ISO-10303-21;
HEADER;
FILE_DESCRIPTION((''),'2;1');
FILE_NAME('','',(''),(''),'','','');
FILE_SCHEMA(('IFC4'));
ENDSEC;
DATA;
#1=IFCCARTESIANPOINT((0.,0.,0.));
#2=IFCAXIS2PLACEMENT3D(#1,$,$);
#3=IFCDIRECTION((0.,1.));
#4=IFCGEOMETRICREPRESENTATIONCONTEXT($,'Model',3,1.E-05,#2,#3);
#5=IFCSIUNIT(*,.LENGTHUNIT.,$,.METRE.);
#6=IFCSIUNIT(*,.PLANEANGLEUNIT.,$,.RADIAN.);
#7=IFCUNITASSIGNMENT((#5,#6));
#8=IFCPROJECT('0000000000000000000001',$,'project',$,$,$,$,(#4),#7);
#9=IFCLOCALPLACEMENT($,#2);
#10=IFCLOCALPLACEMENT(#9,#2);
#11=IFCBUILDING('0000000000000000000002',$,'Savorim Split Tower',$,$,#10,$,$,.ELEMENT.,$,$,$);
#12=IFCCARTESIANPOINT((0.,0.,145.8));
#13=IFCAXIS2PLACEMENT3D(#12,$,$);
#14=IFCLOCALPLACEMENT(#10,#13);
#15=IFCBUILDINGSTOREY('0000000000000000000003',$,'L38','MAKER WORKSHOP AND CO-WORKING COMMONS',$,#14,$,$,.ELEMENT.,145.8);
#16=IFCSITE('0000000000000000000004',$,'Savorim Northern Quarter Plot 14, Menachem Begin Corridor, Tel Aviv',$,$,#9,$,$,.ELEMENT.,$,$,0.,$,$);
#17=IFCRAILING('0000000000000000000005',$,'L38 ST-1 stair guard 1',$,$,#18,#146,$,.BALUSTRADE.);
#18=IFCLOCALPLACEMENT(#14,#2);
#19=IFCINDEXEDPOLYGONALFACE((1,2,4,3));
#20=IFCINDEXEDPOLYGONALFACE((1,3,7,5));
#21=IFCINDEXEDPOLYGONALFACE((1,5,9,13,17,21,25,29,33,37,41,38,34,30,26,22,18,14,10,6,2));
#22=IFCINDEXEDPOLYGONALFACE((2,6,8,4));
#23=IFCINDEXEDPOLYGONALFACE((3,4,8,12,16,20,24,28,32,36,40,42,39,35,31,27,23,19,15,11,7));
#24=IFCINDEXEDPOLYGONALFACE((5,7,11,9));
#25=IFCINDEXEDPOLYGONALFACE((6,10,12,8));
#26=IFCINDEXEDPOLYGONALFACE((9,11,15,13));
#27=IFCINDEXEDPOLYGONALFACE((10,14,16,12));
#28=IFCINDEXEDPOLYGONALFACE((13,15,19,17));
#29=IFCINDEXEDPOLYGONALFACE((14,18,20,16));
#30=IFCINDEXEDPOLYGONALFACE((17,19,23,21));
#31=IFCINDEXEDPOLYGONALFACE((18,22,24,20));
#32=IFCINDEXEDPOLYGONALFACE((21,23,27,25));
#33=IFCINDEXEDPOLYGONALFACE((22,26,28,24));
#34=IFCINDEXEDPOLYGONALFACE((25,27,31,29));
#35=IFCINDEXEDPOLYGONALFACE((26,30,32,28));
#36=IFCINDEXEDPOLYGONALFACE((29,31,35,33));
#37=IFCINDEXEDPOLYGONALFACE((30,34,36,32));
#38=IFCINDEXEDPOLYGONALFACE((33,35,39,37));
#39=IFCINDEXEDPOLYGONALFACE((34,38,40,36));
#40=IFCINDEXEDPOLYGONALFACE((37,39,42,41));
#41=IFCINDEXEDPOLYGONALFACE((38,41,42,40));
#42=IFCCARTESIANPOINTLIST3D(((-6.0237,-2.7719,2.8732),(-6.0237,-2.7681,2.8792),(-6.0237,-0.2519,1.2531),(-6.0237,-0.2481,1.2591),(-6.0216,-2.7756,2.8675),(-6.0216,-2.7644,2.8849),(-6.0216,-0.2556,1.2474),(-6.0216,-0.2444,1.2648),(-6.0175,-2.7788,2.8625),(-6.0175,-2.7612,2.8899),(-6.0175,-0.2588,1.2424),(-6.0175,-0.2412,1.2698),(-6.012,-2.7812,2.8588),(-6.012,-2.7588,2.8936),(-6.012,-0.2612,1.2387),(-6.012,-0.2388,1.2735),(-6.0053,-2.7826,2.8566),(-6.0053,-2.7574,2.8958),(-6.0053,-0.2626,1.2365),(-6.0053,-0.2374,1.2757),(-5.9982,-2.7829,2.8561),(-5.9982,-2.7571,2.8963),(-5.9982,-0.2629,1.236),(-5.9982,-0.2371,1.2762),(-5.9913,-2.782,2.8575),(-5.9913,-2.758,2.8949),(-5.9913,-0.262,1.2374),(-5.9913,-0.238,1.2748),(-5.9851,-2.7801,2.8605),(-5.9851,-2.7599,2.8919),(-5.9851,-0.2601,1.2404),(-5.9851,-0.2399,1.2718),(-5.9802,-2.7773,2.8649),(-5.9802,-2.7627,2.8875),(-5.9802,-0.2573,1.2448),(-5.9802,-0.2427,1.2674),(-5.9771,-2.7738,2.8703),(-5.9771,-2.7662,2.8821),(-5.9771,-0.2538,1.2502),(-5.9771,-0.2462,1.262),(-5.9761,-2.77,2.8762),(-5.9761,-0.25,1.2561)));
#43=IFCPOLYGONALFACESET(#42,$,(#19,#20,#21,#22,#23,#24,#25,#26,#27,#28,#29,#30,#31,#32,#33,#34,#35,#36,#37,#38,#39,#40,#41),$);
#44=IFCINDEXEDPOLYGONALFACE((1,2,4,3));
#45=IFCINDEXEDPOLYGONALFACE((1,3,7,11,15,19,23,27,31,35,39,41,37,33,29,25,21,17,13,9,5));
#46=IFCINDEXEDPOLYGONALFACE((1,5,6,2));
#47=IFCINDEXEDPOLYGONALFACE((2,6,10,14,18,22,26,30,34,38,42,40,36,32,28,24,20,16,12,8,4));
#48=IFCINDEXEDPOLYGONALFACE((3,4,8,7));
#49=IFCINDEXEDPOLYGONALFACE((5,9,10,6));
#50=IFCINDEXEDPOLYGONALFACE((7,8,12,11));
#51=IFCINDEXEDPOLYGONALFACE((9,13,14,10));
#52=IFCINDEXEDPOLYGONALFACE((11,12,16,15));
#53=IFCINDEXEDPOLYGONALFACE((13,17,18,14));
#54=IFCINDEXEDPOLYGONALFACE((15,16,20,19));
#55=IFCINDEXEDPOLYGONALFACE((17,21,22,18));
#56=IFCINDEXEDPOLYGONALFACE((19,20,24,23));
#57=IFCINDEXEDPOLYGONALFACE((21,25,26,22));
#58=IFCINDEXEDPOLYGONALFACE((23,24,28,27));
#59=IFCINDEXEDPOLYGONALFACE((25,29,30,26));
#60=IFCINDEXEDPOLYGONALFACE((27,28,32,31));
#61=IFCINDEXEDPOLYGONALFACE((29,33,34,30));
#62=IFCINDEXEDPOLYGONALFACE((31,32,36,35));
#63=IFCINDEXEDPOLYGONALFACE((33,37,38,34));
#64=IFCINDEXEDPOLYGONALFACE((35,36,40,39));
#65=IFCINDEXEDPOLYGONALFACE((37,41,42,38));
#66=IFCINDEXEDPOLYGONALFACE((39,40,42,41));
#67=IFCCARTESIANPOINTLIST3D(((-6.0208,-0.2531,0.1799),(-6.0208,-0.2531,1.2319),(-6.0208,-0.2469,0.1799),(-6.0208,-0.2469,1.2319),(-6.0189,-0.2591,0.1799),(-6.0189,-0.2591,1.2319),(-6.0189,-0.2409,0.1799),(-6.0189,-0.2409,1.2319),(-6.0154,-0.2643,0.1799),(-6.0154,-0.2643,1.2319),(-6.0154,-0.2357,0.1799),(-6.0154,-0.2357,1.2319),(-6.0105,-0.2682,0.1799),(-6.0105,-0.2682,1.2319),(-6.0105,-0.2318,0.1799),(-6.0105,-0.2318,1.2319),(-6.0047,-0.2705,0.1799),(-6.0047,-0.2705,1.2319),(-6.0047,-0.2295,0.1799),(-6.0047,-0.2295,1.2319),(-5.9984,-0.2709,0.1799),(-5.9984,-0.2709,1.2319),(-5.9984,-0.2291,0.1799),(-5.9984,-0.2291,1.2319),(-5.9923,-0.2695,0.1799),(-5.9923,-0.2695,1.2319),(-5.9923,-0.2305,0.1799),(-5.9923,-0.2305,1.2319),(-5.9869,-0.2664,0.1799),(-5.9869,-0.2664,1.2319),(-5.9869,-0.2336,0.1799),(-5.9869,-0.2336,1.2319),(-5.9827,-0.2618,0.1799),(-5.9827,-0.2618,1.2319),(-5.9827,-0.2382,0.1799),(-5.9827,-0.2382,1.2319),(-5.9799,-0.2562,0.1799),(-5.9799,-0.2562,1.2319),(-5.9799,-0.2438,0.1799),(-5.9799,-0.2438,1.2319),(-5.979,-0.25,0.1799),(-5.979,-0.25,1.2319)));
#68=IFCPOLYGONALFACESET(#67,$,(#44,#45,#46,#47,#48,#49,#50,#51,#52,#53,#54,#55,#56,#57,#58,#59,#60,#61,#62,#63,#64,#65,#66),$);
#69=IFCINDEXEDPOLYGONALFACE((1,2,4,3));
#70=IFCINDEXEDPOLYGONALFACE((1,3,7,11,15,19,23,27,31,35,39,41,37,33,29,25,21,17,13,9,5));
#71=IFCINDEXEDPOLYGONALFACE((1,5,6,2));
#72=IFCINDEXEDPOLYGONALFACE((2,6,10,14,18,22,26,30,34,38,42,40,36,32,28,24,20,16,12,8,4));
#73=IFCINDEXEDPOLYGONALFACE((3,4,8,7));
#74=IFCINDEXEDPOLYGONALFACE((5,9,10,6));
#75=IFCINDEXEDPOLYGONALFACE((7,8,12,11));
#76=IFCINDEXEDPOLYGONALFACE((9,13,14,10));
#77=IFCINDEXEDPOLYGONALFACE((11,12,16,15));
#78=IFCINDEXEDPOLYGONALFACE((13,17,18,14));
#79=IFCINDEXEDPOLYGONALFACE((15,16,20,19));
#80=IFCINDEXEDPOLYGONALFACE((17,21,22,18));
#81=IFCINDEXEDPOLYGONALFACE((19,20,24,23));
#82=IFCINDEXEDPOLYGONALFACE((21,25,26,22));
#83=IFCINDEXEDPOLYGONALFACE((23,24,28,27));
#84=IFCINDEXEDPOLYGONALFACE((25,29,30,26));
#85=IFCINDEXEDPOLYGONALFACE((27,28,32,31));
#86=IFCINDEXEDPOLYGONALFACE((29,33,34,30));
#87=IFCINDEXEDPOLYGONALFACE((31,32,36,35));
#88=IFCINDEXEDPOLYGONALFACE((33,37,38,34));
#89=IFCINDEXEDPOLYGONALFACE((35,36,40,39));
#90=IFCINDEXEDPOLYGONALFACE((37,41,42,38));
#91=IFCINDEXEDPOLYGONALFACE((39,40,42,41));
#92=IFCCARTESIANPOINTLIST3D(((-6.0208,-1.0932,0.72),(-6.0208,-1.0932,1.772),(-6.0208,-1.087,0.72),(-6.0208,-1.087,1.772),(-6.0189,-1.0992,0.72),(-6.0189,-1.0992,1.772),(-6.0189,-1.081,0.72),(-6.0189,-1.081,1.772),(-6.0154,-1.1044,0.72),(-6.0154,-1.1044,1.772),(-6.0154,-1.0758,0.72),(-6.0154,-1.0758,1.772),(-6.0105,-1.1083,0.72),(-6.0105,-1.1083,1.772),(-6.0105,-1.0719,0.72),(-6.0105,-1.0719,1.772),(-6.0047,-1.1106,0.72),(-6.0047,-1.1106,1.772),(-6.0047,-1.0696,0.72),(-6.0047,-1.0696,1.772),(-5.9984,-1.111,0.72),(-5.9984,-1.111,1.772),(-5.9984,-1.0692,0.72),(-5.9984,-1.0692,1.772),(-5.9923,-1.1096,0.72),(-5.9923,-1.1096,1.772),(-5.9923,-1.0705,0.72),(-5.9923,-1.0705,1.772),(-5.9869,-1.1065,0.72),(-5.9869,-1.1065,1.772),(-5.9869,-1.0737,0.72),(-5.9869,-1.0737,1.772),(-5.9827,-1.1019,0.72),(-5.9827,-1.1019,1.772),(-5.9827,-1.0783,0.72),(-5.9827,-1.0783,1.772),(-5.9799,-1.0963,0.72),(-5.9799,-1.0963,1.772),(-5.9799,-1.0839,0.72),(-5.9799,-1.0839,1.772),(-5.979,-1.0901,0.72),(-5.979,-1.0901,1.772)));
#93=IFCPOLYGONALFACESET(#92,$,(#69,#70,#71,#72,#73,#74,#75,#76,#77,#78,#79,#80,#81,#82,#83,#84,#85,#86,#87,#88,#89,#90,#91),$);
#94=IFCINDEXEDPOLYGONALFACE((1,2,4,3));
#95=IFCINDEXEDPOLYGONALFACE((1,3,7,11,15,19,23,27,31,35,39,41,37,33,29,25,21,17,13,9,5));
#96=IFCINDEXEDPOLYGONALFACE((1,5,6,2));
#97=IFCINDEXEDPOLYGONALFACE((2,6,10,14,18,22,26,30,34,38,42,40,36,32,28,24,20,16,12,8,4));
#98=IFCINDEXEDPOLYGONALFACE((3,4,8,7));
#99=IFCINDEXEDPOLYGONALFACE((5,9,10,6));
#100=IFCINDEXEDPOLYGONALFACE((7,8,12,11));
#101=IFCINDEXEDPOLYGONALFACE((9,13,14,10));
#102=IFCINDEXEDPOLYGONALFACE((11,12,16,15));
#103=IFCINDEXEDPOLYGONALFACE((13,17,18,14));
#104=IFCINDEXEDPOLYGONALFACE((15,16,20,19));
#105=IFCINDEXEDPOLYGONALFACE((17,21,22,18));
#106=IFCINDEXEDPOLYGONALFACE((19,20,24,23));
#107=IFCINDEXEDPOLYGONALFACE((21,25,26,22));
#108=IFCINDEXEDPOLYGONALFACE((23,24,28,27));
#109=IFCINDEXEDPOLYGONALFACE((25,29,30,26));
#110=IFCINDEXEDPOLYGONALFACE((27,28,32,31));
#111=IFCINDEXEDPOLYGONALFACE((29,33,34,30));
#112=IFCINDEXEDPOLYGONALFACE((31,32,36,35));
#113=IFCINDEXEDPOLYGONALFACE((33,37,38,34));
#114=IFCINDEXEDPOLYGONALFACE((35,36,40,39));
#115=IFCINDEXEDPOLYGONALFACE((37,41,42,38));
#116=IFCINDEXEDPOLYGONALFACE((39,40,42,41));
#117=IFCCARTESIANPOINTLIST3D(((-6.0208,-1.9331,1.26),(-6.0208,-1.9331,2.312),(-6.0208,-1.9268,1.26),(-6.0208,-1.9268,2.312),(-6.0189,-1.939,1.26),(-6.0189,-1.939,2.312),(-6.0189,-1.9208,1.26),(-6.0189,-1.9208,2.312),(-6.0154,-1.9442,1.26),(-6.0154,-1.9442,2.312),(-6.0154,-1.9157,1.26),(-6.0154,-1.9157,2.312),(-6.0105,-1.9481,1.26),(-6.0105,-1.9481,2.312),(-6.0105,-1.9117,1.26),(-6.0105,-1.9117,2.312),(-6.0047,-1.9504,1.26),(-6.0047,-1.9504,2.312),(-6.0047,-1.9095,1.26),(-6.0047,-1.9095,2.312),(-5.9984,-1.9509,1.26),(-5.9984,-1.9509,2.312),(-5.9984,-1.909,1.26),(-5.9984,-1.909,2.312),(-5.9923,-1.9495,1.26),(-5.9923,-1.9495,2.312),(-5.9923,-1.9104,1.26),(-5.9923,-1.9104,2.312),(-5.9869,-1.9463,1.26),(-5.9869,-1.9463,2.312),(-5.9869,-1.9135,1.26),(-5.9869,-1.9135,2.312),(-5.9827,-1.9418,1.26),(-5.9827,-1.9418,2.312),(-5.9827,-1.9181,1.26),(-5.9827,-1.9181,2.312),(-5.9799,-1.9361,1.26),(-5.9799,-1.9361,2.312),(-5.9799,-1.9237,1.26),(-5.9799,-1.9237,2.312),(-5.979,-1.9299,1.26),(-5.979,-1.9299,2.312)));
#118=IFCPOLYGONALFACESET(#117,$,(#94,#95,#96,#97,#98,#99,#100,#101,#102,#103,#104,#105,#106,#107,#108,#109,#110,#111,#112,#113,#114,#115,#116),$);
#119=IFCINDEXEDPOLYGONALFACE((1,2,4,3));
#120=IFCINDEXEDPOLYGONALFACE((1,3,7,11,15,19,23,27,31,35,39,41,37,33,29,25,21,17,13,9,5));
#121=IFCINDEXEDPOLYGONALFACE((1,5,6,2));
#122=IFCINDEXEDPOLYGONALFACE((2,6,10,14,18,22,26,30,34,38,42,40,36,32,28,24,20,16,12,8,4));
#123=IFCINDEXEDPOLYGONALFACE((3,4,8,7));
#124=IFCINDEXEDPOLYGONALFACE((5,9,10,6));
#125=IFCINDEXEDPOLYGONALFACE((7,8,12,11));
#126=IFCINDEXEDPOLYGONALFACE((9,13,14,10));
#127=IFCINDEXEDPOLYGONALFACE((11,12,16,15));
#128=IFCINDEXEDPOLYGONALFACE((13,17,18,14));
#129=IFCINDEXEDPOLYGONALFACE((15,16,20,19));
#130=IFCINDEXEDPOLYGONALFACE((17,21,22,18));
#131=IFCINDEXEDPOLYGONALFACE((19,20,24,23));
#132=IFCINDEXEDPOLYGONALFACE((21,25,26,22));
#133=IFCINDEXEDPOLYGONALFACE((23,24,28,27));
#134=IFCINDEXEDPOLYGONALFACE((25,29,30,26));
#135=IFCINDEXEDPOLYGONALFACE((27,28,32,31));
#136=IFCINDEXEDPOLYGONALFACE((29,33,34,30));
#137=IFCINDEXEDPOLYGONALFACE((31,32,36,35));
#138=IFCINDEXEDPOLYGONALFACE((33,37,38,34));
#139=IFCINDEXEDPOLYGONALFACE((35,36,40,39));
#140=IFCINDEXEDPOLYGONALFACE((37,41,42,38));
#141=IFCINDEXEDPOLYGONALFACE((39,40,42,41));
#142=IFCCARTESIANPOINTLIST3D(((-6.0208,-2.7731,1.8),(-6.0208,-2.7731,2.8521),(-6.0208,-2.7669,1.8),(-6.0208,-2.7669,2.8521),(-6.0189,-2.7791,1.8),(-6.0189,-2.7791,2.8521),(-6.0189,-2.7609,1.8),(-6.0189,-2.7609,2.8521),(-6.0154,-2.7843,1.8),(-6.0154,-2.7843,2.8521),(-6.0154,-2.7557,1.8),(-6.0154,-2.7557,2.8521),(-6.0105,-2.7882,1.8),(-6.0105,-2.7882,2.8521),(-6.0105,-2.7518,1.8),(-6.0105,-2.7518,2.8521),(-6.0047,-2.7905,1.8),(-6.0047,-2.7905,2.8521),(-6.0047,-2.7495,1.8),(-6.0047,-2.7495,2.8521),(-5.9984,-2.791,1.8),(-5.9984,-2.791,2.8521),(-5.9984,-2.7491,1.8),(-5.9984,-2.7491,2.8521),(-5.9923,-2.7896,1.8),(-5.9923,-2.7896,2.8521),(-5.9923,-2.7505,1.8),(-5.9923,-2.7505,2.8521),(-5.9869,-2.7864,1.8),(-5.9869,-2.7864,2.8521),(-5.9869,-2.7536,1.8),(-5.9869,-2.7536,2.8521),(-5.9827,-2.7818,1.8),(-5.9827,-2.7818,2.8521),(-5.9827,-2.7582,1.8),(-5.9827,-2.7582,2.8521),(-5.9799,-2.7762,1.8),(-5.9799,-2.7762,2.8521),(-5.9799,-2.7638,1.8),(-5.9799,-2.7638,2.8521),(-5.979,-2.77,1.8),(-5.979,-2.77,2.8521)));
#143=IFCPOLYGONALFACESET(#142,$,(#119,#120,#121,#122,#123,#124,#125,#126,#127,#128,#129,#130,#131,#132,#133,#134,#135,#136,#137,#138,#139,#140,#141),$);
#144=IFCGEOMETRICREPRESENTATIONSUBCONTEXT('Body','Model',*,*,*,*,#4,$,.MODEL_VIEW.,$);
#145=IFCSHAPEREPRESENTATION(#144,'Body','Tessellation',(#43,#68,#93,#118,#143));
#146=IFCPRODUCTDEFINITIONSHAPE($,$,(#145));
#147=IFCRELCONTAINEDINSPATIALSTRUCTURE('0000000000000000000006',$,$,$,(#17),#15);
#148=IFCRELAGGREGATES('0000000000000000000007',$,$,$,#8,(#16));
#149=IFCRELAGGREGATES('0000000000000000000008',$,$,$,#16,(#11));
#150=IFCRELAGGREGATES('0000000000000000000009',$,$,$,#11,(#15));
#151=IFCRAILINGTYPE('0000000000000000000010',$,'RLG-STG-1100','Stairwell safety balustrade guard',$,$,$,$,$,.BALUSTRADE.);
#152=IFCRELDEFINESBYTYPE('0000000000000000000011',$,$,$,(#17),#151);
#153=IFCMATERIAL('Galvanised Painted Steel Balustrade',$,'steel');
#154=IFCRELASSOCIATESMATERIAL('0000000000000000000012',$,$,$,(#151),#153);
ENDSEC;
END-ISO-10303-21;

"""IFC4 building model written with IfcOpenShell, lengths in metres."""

from ifc_helpers import new_model, si_unit, direction, frame, origin, origin_2d, place, context, subcontext, project, spatial, circle, extrude, material, type_object, element, save


model = new_model("IFC4")

# Units and contexts
model_context = context("Model", 3, precision=1e-05, world=origin(), true_north=direction((0.0, 1.0)))
body_context = subcontext(model_context, "Body", "Model", "MODEL_VIEW")
ifc_project = project(units=[si_unit("LENGTHUNIT", "METRE"), si_unit("PLANEANGLEUNIT", "RADIAN")], contexts=[model_context])

# Site, building, storey
site_placement = place(None, origin())
site = spatial("IfcSite", under=ifc_project, at=site_placement, Name="Savorim Northern Quarter Plot 14, Menachem Begin Corridor, Tel Aviv", CompositionType="ELEMENT", RefElevation=0.0)
building_placement = place(site_placement, origin())
building = spatial("IfcBuilding", under=site, at=building_placement, Name="Savorim Split Tower", CompositionType="ELEMENT")
storey_placement = place(building_placement, frame((0.0, 0.0, 145.8)))
storey = spatial("IfcBuildingStorey", under=building, at=storey_placement, Name="L38", Description="MAKER WORKSHOP AND CO-WORKING COMMONS", CompositionType="ELEMENT", Elevation=145.8)

# Railing
ifc_material_1 = material(Name="Galvanised Painted Steel Balustrade", Category="steel")
railing_type_1 = type_object("IfcRailingType", Name="RLG-STG-1100", Description="Stairwell safety balustrade guard", PredefinedType="BALUSTRADE", material=ifc_material_1)
railing_1_placement = place(storey_placement, frame((-6.0, -0.25, 0.1799)))
element("IfcRailing", 1, at=railing_1_placement, inside=storey, type_object=railing_type_1, Name="L38 ST-1 stair guard 1", PredefinedType="BALUSTRADE", context=body_context, shape_type="SweptSolid", body=[
    extrude(circle(Radius=0.0239, at=origin_2d()), frame((0.0, 0.0, 1.0762), z_axis=(0.0, -0.841163, 0.540782), x_axis=(1.0, 0.0, 0.0)), (0.0, 0.0, 1.0), 2.9958),
    extrude(circle(Radius=0.021, at=origin_2d()), origin(), (0.0, 0.0, 1.0), 1.052),
    extrude(circle(Radius=0.021, at=origin_2d()), frame((0.0, -0.8401, 0.54)), (0.0, 0.0, 1.0), 1.052),
    extrude(circle(Radius=0.021, at=origin_2d()), frame((0.0, -1.6799, 1.0801)), (0.0, 0.0, 1.0), 1.052),
    extrude(circle(Radius=0.021, at=origin_2d()), frame((0.0, -2.52, 1.6201)), (0.0, 0.0, 1.0), 1.052),
])

save(model, "model.ifc")
